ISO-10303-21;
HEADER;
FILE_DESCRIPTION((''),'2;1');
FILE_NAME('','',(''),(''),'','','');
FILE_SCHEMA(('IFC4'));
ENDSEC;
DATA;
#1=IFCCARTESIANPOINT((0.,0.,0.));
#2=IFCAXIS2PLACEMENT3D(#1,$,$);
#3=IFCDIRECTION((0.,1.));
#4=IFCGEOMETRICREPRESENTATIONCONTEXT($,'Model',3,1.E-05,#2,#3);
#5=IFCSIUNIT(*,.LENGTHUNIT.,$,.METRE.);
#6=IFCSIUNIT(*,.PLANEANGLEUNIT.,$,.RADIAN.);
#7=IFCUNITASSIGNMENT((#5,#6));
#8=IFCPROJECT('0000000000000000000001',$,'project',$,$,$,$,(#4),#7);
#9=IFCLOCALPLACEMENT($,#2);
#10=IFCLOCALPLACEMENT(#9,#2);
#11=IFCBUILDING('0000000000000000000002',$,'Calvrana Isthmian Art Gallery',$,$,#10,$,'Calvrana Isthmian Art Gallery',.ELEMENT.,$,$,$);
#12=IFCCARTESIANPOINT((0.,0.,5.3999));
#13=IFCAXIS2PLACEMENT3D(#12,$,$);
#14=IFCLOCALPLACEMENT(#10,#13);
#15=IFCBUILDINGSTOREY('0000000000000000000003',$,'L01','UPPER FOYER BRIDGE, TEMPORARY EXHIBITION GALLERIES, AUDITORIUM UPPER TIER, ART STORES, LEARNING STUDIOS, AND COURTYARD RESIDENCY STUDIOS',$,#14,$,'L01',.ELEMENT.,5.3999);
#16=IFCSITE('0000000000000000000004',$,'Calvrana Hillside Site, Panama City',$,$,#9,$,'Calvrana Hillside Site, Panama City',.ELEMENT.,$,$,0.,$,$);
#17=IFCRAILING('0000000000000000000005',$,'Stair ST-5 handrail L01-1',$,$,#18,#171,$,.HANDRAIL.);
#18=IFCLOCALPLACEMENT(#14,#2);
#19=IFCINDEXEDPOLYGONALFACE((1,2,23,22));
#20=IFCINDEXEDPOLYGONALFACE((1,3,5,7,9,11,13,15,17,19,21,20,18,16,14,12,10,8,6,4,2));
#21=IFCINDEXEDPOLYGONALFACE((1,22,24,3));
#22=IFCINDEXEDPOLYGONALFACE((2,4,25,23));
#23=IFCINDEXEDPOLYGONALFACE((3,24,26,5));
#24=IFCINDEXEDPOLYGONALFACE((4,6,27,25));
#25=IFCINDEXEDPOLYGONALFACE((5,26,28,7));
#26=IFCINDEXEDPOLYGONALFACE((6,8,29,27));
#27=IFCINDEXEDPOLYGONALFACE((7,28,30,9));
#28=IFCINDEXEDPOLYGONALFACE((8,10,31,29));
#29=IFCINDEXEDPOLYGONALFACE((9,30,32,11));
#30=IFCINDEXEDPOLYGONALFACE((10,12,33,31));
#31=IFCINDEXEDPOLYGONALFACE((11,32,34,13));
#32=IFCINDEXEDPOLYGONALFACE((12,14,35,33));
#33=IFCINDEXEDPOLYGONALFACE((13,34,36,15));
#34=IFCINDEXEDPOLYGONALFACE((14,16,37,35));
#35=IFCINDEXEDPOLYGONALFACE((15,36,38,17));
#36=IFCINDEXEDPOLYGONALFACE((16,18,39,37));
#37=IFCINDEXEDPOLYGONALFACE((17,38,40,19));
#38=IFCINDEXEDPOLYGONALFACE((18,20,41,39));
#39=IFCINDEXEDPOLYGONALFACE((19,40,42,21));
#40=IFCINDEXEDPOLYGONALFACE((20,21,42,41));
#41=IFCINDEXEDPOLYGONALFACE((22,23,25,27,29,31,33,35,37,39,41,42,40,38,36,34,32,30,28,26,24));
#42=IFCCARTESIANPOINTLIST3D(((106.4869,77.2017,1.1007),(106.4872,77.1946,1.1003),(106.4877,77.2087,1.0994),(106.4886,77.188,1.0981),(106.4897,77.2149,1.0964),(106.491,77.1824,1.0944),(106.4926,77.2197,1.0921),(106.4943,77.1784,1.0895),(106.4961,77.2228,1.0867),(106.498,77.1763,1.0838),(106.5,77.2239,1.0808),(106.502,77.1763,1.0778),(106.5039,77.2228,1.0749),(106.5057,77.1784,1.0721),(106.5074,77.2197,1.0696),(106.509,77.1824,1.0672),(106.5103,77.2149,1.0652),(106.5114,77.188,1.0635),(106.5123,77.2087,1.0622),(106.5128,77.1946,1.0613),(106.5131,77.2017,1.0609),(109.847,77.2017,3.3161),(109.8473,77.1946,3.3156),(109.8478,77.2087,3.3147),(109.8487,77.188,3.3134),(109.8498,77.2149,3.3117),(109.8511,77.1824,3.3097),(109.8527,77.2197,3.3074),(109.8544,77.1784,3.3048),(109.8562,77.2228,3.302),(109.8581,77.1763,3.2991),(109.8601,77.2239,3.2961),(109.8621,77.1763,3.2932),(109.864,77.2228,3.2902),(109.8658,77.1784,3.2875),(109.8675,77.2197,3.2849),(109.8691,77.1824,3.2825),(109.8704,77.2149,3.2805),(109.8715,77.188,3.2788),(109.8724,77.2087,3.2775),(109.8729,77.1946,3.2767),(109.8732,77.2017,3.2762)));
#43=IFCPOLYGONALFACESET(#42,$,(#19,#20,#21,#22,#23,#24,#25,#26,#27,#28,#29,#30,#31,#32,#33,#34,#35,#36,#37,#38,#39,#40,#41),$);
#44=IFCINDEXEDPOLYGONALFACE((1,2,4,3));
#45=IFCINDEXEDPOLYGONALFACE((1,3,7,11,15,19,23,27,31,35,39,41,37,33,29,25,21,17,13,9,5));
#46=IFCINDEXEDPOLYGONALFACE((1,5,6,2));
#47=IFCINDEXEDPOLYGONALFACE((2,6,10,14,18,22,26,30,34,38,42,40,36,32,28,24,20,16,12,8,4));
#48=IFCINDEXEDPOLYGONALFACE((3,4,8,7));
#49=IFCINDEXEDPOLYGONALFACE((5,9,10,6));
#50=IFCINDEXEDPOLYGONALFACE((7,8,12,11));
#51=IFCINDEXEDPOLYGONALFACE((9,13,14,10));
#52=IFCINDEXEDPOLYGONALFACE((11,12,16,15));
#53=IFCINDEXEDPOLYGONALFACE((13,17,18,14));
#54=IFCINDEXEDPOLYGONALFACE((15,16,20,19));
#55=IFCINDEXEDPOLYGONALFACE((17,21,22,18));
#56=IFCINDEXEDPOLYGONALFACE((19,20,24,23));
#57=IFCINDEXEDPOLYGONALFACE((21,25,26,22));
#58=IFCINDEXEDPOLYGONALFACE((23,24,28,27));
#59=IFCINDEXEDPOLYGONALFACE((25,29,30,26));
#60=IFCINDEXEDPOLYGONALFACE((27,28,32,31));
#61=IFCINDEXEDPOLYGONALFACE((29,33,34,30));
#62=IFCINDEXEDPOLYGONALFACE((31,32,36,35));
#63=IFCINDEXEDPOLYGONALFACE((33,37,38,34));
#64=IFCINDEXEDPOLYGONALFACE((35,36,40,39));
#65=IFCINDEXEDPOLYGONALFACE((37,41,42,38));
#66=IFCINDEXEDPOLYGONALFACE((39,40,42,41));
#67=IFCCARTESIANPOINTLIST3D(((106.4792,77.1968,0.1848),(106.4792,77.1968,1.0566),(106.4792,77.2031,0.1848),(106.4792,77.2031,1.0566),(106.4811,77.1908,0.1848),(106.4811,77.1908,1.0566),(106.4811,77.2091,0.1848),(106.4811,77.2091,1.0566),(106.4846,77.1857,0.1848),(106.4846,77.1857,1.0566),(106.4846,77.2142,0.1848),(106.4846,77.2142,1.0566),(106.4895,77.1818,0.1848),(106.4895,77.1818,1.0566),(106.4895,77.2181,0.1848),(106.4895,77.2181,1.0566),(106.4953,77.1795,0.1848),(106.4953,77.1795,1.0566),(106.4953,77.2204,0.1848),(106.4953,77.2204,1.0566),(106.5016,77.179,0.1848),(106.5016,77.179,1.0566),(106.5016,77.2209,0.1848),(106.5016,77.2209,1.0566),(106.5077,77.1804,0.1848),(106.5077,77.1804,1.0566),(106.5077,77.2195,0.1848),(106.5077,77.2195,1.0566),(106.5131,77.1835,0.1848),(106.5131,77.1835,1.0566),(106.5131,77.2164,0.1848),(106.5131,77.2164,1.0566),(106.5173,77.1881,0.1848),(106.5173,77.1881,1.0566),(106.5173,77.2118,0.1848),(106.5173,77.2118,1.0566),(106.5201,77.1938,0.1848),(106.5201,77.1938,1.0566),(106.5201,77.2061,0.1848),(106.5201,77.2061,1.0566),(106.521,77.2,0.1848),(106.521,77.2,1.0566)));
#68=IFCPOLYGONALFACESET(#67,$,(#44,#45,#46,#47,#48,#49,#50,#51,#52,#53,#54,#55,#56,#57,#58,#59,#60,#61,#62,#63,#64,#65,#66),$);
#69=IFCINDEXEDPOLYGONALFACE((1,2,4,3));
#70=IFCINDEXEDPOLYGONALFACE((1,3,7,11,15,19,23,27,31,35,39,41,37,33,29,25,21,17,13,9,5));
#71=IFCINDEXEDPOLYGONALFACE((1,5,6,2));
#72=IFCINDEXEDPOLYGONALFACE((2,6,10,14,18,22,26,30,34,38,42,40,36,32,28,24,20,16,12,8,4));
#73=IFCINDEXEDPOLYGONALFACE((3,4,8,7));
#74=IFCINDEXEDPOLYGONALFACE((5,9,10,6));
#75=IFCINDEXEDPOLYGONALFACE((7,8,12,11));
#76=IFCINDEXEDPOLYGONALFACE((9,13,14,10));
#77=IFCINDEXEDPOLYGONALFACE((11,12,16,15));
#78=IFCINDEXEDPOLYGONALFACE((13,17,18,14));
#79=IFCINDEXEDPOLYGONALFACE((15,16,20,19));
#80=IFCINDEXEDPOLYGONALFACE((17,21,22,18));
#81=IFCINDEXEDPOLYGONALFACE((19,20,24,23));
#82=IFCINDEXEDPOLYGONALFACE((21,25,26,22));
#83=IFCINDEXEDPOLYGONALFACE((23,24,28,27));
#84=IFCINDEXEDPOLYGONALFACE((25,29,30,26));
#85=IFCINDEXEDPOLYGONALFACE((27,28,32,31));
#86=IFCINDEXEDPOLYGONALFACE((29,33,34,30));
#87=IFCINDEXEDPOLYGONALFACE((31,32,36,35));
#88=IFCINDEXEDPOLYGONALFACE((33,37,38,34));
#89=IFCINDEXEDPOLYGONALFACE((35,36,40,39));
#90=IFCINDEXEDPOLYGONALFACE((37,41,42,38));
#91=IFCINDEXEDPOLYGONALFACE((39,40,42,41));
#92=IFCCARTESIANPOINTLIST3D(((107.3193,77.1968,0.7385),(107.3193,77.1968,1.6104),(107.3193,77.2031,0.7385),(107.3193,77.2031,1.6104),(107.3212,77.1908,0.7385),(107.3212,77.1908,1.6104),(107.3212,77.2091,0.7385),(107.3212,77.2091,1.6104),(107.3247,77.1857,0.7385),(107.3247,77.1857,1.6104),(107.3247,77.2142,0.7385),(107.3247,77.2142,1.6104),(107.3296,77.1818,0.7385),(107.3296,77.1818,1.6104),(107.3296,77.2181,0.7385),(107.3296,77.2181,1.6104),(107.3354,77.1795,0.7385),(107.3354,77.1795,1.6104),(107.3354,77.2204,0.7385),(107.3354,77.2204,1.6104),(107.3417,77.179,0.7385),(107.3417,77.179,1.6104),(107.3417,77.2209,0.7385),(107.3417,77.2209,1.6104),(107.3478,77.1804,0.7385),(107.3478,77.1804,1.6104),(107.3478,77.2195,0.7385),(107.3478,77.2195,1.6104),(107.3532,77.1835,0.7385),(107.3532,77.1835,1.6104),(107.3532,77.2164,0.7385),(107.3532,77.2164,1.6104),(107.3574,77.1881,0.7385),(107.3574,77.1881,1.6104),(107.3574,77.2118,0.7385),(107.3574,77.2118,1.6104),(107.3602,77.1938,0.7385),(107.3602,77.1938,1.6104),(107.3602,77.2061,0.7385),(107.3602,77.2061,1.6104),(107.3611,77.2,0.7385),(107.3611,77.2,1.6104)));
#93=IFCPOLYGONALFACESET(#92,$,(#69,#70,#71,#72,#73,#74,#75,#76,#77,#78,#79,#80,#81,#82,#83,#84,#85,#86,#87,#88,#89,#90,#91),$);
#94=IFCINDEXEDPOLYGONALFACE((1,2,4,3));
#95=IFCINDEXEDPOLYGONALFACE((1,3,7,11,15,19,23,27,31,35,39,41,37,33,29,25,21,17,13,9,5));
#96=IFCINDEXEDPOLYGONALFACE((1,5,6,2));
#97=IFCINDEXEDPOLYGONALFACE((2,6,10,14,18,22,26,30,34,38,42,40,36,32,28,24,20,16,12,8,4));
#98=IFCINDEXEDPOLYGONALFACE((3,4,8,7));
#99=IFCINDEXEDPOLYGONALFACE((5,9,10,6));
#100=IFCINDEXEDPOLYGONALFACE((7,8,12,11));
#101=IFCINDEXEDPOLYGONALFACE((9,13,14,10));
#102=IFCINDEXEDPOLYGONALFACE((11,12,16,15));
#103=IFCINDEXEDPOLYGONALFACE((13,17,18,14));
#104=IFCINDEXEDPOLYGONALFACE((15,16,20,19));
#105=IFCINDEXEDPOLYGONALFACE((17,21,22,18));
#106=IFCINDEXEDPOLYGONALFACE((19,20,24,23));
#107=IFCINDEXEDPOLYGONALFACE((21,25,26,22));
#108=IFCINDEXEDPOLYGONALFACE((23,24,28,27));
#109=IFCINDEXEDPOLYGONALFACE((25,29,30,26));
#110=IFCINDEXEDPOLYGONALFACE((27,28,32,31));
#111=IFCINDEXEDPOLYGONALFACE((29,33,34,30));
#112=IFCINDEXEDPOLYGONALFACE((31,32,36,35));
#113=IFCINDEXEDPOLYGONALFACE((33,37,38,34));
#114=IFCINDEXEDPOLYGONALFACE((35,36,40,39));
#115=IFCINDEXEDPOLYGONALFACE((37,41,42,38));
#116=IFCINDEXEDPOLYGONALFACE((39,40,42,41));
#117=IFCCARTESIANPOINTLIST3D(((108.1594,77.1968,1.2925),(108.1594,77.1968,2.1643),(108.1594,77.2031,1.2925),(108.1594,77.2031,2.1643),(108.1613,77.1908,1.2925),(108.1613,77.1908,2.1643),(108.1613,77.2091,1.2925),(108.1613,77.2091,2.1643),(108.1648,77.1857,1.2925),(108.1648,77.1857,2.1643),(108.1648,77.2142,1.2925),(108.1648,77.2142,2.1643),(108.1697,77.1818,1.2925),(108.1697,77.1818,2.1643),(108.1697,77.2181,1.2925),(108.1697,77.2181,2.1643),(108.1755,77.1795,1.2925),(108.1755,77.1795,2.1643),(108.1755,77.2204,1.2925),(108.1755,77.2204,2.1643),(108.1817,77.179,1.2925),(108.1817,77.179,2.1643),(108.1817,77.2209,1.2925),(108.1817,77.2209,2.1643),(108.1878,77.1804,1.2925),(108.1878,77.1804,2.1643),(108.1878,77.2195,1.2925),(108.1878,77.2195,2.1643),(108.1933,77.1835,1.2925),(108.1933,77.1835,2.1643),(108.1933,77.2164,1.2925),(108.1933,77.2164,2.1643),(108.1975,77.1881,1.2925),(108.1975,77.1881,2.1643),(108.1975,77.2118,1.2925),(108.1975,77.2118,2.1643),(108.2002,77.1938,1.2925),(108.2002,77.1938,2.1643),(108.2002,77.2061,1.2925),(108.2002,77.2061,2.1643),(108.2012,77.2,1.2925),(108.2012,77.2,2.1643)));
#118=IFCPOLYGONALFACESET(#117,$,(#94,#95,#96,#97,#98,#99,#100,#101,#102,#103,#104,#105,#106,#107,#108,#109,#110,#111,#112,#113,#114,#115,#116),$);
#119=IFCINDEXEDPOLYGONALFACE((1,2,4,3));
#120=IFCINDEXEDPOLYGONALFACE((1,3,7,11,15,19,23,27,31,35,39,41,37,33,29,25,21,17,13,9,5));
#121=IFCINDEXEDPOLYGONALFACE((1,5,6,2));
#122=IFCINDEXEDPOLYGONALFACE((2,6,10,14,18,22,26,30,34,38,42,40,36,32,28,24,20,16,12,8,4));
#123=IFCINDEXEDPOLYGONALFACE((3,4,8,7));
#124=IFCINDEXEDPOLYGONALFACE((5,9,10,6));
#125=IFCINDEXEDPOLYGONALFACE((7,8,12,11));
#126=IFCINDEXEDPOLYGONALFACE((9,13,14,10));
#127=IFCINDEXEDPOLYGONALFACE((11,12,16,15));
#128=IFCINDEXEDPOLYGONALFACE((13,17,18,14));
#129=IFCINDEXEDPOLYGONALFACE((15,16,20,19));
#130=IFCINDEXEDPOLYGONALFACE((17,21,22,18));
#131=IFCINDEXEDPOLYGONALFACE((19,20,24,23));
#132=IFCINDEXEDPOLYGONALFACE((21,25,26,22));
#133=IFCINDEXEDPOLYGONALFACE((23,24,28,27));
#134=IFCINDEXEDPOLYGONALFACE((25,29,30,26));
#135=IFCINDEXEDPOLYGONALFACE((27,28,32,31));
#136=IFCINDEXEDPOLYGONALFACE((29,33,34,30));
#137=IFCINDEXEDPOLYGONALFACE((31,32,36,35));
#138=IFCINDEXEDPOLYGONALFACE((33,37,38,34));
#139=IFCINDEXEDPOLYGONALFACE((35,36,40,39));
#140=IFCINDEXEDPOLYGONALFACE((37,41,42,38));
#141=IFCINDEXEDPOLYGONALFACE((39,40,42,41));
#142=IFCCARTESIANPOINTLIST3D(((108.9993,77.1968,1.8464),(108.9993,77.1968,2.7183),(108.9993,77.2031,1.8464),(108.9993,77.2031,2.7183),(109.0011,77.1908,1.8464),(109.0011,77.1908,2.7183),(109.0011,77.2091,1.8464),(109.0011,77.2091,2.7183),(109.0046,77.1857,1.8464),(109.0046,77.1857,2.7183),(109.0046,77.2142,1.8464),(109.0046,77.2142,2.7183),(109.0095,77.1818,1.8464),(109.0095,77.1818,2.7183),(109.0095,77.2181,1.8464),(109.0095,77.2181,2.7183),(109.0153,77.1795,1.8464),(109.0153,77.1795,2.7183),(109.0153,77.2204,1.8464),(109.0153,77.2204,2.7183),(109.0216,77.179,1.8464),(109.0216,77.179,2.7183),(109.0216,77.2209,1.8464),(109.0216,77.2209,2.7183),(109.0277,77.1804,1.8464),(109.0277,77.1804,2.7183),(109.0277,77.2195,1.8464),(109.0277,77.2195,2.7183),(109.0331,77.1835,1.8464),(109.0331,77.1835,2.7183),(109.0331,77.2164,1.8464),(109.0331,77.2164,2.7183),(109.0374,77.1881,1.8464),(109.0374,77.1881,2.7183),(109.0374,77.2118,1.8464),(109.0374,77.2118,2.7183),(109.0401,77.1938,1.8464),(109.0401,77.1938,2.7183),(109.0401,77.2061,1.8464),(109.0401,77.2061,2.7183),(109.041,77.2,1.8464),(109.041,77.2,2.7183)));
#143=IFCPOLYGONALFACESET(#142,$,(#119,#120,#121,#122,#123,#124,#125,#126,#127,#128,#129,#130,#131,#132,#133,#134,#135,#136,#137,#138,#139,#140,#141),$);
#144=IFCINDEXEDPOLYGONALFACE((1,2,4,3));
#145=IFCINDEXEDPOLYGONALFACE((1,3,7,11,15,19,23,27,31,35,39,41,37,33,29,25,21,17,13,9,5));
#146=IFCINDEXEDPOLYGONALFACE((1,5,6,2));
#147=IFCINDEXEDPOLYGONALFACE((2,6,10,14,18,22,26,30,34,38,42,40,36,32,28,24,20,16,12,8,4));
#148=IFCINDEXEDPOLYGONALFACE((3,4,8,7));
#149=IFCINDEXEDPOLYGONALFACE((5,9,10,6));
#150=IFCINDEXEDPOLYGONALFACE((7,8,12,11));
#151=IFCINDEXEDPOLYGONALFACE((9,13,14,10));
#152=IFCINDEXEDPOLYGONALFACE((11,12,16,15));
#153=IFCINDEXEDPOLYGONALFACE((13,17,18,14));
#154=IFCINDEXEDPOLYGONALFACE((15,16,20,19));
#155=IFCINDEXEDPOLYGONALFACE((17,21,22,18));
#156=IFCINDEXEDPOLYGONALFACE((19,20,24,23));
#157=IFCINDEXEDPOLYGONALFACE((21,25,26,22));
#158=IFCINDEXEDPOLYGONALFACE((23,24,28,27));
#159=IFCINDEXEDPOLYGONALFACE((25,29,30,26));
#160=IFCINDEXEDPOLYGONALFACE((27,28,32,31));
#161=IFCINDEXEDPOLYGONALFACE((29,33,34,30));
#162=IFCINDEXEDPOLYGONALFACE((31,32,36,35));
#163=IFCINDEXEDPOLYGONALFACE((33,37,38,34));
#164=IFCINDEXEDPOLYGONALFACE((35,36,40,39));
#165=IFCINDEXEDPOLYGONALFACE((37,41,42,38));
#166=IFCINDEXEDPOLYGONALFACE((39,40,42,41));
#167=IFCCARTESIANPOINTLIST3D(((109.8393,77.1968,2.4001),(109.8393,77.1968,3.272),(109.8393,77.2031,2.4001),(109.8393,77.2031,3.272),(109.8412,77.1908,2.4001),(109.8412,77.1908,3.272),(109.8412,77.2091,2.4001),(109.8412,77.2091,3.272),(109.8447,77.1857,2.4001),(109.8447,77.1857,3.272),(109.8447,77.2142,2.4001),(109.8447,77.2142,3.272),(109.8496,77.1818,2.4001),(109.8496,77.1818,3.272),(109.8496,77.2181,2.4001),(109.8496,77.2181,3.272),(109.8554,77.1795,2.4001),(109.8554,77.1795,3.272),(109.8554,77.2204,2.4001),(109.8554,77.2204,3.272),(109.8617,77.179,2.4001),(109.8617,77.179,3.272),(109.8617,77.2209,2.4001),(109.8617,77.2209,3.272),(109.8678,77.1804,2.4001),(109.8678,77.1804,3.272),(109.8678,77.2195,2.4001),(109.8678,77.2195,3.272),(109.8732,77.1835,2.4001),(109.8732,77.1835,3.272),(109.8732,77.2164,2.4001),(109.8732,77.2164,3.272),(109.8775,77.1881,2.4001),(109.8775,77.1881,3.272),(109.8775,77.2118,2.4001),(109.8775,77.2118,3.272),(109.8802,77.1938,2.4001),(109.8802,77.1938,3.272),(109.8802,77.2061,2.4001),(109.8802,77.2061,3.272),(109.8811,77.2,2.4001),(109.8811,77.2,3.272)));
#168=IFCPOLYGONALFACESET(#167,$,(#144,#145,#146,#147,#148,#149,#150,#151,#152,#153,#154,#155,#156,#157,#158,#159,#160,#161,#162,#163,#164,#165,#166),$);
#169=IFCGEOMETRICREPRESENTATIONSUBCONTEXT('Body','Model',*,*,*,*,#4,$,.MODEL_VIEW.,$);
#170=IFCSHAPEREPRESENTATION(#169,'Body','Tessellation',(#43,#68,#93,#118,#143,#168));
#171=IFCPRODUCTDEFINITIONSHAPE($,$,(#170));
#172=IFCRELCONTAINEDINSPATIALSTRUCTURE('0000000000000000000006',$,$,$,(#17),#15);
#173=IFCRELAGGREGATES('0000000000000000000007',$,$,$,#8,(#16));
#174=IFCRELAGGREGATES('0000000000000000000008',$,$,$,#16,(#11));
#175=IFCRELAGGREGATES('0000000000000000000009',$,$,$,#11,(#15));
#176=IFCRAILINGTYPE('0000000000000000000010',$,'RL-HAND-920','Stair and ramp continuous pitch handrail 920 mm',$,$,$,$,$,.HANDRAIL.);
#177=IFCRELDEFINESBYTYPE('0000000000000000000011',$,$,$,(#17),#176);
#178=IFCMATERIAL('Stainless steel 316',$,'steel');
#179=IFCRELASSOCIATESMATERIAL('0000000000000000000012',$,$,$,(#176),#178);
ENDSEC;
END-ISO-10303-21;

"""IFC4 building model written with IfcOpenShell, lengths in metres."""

from ifc_helpers import new_model, si_unit, direction, frame, origin, origin_2d, place, context, subcontext, project, spatial, circle, extrude, material, type_object, element, save


model = new_model("IFC4")

# Units and contexts
model_context = context("Model", 3, precision=1e-05, world=origin(), true_north=direction((0.0, 1.0)))
body_context = subcontext(model_context, "Body", "Model", "MODEL_VIEW")
ifc_project = project(units=[si_unit("LENGTHUNIT", "METRE"), si_unit("PLANEANGLEUNIT", "RADIAN")], contexts=[model_context])

# Site, building, storey
site_placement = place(None, origin())
site = spatial("IfcSite", under=ifc_project, at=site_placement, Name="Calvrana Hillside Site, Panama City", LongName="Calvrana Hillside Site, Panama City", CompositionType="ELEMENT", RefElevation=0.0)
building_placement = place(site_placement, origin())
building = spatial("IfcBuilding", under=site, at=building_placement, Name="Calvrana Isthmian Art Gallery", LongName="Calvrana Isthmian Art Gallery", CompositionType="ELEMENT")
storey_placement = place(building_placement, frame((0.0, 0.0, 5.3999)))
storey = spatial("IfcBuildingStorey", under=building, at=storey_placement, Name="L01", Description="UPPER FOYER BRIDGE, TEMPORARY EXHIBITION GALLERIES, AUDITORIUM UPPER TIER, ART STORES, LEARNING STUDIOS, AND COURTYARD RESIDENCY STUDIOS", LongName="L01", CompositionType="ELEMENT", Elevation=5.3999)

# Railing
ifc_material_1 = material(Name="Stainless steel 316", Category="steel")
railing_type_1 = type_object("IfcRailingType", Name="RL-HAND-920", Description="Stair and ramp continuous pitch handrail 920 mm", PredefinedType="HANDRAIL", material=ifc_material_1)
railing_1_placement = place(storey_placement, frame((106.5, 77.2, 0.1848)))
element("IfcRailing", 1, at=railing_1_placement, inside=storey, type_object=railing_type_1, Name="Stair ST-5 handrail L01-1", PredefinedType="HANDRAIL", context=body_context, shape_type="SweptSolid", body=[
    extrude(circle(Radius=0.0239, at=origin_2d()), frame((0.0, 0.0, 0.896), z_axis=(0.834876, 0.0, 0.550437), x_axis=(0.0, 1.0, 0.0)), (0.0, 0.0, 1.0), 4.0247),
    extrude(circle(Radius=0.021, at=origin_2d()), origin(), (0.0, 0.0, 1.0), 0.8718),
    extrude(circle(Radius=0.021, at=origin_2d()), frame((0.8401, 0.0, 0.5537)), (0.0, 0.0, 1.0), 0.8718),
    extrude(circle(Radius=0.021, at=origin_2d()), frame((1.6802, 0.0, 1.1077)), (0.0, 0.0, 1.0), 0.8718),
    extrude(circle(Radius=0.021, at=origin_2d()), frame((2.52, 0.0, 1.6616)), (0.0, 0.0, 1.0), 0.8718),
    extrude(circle(Radius=0.021, at=origin_2d()), frame((3.3601, 0.0, 2.2153)), (0.0, 0.0, 1.0), 0.8718),
])

save(model, "model.ifc")
